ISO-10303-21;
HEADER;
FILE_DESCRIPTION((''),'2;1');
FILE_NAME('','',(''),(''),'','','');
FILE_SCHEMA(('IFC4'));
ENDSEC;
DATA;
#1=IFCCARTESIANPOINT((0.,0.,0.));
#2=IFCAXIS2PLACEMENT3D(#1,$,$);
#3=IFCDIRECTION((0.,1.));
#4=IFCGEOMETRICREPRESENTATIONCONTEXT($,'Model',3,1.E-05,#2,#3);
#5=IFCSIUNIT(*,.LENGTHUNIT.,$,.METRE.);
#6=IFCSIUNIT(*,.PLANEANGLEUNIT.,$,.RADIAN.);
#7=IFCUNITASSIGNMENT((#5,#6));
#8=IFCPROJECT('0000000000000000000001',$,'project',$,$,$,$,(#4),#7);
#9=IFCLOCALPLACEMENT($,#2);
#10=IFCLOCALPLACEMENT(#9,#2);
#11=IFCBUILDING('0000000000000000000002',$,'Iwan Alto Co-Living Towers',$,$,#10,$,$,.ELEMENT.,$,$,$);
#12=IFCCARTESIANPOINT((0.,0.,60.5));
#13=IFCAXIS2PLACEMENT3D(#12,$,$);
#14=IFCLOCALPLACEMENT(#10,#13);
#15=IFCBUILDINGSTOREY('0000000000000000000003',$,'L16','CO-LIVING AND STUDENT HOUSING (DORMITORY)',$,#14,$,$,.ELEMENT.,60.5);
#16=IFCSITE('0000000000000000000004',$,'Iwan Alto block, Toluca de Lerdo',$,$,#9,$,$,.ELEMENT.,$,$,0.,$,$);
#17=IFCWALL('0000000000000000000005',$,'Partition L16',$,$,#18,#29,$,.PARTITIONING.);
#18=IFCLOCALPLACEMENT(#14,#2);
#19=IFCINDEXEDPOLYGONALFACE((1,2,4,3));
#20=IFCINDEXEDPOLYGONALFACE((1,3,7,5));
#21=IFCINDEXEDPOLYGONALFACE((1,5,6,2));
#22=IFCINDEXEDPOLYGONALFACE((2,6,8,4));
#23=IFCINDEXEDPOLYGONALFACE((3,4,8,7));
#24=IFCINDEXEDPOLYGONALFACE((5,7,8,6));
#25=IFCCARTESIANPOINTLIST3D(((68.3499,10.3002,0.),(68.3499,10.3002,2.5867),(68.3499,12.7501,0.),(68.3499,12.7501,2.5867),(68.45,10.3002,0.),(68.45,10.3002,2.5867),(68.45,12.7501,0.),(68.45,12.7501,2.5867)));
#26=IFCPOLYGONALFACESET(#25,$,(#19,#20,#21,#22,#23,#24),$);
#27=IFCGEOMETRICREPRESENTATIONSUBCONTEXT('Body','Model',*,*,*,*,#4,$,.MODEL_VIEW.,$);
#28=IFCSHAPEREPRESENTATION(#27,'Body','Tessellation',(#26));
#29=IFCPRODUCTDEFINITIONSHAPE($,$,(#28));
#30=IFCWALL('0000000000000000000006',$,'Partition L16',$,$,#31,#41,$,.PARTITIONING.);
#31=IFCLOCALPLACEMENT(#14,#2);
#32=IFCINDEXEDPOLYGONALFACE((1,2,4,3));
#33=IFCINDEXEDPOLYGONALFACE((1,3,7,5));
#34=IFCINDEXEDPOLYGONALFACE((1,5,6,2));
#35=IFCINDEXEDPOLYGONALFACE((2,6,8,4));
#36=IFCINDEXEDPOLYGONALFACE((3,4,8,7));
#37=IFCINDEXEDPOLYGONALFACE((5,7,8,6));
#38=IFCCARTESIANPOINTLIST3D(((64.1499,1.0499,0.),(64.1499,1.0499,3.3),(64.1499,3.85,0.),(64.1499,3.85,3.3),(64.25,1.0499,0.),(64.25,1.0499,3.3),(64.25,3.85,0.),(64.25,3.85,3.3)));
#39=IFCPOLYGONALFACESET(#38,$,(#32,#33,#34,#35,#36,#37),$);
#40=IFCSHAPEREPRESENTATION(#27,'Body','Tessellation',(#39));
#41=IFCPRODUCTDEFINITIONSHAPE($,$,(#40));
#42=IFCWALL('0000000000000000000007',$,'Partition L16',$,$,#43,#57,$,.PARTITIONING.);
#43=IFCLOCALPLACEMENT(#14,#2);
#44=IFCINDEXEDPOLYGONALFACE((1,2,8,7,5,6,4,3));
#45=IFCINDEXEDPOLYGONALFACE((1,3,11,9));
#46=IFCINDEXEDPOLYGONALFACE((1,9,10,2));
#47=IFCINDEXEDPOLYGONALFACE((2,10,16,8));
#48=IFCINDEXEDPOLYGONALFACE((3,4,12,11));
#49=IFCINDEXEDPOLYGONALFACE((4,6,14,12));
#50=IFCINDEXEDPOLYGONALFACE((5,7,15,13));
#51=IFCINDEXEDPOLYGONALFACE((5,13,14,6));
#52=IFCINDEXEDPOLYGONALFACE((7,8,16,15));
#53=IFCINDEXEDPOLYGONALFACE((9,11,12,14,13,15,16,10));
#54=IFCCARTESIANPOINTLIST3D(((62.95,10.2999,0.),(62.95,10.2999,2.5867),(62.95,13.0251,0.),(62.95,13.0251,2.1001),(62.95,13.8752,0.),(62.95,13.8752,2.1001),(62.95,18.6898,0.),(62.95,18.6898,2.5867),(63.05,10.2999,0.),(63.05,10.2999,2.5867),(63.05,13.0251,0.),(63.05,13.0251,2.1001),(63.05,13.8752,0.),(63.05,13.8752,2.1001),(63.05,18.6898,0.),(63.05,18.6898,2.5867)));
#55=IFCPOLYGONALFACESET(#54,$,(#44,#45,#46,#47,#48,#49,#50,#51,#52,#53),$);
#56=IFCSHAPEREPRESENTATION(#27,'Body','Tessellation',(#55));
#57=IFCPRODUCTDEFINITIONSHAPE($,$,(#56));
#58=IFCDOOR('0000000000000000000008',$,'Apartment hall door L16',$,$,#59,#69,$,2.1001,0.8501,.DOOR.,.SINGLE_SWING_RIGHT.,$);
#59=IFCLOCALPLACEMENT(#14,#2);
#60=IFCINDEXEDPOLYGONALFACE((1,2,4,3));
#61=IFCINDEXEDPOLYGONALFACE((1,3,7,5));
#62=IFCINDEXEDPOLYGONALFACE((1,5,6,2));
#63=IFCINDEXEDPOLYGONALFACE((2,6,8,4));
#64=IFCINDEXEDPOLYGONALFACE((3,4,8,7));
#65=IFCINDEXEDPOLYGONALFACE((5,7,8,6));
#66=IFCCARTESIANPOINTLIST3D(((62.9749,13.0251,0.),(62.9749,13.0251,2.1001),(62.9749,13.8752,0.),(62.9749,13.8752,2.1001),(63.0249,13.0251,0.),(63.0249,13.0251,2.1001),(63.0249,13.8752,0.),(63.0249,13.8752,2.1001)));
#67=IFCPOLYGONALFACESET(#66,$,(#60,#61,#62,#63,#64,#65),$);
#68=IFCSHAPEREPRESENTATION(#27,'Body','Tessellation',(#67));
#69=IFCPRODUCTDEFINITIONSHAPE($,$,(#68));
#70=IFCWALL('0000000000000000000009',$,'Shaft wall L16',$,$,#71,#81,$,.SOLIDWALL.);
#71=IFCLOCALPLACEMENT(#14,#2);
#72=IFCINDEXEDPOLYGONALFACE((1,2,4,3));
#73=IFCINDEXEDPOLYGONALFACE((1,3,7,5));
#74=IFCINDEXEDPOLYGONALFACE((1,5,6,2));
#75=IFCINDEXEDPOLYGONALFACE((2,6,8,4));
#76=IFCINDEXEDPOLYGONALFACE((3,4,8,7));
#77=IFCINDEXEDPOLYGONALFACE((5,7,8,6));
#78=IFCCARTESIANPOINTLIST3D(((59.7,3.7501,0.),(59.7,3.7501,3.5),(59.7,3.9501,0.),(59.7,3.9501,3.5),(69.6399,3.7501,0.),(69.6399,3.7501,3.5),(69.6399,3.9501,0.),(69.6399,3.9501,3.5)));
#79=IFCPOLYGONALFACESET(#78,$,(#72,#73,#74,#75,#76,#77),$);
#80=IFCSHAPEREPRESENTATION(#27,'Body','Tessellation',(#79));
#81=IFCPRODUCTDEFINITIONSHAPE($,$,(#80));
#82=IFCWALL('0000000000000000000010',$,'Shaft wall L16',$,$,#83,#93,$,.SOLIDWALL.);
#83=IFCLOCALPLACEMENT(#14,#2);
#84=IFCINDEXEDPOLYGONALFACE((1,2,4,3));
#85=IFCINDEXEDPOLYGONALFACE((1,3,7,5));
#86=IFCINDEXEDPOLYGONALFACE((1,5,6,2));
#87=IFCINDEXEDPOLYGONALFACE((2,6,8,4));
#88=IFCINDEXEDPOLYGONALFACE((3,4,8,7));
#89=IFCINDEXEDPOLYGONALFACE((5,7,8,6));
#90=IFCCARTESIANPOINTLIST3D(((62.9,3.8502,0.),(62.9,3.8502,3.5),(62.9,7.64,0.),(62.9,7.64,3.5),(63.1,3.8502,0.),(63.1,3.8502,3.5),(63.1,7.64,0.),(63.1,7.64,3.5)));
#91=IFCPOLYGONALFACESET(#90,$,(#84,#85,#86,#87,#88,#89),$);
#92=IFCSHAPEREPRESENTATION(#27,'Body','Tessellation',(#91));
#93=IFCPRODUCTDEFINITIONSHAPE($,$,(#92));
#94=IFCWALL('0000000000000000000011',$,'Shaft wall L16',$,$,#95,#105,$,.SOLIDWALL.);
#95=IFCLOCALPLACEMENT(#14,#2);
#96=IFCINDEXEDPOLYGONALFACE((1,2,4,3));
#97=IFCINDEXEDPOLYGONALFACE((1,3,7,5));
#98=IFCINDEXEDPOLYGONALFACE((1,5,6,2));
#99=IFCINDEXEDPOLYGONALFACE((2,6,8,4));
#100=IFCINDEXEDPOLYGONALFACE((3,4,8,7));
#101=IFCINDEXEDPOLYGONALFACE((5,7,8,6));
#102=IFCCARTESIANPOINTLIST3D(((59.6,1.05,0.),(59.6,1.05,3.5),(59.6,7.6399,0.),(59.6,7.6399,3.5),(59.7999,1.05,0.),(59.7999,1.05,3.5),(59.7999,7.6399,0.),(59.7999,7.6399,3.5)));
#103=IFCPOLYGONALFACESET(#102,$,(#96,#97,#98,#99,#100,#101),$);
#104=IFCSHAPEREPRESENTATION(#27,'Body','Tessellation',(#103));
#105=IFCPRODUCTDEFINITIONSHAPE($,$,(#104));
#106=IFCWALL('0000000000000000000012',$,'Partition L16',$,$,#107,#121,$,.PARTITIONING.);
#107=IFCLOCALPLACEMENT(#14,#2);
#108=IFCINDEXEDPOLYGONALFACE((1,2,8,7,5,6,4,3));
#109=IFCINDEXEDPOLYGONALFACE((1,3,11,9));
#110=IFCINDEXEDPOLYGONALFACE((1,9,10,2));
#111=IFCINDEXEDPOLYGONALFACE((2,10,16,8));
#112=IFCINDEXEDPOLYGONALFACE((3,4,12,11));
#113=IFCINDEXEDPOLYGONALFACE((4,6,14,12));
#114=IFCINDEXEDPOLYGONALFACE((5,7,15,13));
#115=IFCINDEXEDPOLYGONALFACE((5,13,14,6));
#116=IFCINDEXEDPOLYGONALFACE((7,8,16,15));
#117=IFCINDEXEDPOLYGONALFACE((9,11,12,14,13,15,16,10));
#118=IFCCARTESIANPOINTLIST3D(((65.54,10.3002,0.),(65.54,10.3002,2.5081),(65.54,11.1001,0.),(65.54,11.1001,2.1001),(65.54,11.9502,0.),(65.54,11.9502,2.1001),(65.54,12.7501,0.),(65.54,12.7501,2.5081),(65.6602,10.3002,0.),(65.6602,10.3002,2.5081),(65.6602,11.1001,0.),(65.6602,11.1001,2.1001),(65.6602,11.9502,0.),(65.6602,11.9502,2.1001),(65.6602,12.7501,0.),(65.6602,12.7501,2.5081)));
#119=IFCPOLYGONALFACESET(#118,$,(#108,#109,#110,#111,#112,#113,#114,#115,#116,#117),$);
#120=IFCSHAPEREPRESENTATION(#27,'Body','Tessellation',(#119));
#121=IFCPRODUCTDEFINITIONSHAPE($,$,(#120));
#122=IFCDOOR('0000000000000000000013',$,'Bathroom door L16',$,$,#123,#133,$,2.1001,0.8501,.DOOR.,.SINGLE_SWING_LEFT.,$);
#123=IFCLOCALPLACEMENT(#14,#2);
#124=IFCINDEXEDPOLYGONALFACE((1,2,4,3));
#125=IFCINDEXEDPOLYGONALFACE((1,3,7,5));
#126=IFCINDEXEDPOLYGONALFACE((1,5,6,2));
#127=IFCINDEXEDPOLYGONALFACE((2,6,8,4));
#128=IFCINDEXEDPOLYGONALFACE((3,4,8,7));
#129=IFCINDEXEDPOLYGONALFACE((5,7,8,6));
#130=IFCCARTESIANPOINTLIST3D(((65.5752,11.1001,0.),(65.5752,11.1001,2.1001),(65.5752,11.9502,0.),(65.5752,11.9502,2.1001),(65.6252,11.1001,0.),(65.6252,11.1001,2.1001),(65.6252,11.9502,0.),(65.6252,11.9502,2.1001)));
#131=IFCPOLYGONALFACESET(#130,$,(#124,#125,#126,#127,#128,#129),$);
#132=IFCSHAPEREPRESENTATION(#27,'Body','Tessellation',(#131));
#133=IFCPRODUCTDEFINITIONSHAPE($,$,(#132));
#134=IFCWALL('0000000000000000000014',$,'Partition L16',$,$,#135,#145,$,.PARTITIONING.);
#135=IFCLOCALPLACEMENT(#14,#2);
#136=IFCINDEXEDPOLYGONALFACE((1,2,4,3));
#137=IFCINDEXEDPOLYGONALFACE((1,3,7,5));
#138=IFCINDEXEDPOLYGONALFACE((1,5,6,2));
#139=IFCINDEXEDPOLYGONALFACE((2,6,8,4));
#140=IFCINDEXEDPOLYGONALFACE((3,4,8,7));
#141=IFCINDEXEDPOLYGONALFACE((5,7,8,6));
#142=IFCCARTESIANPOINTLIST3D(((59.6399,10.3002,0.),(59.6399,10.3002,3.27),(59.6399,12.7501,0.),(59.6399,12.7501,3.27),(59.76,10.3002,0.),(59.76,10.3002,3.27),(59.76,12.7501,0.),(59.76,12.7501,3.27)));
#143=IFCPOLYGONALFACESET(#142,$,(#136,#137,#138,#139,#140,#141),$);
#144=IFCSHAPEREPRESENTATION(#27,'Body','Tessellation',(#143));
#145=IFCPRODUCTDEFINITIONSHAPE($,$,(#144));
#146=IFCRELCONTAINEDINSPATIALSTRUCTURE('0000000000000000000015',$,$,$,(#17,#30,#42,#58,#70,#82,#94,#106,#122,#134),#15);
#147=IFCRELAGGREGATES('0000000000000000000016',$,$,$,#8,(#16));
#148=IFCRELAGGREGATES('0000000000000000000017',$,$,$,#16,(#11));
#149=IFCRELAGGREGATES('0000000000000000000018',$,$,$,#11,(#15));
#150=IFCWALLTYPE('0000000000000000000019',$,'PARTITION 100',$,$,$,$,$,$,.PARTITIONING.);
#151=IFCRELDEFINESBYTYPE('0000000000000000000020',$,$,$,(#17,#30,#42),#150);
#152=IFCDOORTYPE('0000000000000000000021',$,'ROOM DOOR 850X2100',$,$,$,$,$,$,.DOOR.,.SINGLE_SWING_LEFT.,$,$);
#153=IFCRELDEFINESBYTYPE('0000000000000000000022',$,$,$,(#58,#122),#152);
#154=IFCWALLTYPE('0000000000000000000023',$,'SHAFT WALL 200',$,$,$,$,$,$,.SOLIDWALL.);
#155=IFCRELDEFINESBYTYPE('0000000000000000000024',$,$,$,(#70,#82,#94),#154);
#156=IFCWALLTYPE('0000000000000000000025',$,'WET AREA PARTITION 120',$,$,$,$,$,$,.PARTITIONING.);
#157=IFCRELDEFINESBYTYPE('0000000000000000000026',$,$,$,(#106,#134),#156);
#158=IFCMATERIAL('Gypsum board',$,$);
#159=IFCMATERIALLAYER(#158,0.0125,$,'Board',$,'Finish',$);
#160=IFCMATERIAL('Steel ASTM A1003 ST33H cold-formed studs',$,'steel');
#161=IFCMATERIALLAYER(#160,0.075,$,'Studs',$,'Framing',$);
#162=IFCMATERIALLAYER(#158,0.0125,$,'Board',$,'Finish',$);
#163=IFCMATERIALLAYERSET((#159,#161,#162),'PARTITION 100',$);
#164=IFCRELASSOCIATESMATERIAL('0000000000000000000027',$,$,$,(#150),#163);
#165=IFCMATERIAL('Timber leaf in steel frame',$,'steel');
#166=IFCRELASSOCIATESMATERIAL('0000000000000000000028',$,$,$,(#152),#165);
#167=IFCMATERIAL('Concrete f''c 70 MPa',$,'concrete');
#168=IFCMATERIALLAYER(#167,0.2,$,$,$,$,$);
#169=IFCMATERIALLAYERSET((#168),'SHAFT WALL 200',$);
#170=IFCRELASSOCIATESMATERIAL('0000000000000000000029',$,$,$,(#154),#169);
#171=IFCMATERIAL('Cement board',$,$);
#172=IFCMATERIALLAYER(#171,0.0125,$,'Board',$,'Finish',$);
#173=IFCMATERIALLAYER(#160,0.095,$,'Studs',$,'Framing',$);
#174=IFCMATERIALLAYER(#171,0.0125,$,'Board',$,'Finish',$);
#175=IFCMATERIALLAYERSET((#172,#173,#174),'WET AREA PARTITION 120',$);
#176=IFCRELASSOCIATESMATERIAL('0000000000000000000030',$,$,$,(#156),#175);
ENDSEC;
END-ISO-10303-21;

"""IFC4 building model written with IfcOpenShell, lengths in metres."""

from ifc_helpers import new_model, si_unit, direction, frame, frame_2d, origin, place, context, subcontext, project, spatial, rectangle, extrude, material, layer, layer_set, type_object, element, fill, save


model = new_model("IFC4")

# Units and contexts
model_context = context("Model", 3, precision=1e-05, world=origin(), true_north=direction((0.0, 1.0)))
body_context = subcontext(model_context, "Body", "Model", "MODEL_VIEW")
ifc_project = project(units=[si_unit("LENGTHUNIT", "METRE"), si_unit("PLANEANGLEUNIT", "RADIAN")], contexts=[model_context])

# Site, building, storey
site_placement = place(None, origin())
site = spatial("IfcSite", under=ifc_project, at=site_placement, Name="Iwan Alto block, Toluca de Lerdo", CompositionType="ELEMENT", RefElevation=0.0)
building_placement = place(site_placement, origin())
building = spatial("IfcBuilding", under=site, at=building_placement, Name="Iwan Alto Co-Living Towers", CompositionType="ELEMENT")
storey_placement = place(building_placement, frame((0.0, 0.0, 60.5)))
storey = spatial("IfcBuildingStorey", under=building, at=storey_placement, Name="L16", Description="CO-LIVING AND STUDENT HOUSING (DORMITORY)", CompositionType="ELEMENT", Elevation=60.5)

# Walls
ifc_material_1 = material(Name="Gypsum board")
ifc_layer_1 = layer(ifc_material_1, 0.0125, Name="Board", Category="Finish")
ifc_material_2 = material(Name="Steel ASTM A1003 ST33H cold-formed studs", Category="steel")
ifc_layer_2 = layer(ifc_material_2, 0.075, Name="Studs", Category="Framing")
ifc_layer_3 = layer(ifc_material_1, 0.0125, Name="Board", Category="Finish")
ifc_layer_set_1 = layer_set([ifc_layer_1, ifc_layer_2, ifc_layer_3], Name="PARTITION 100")
wall_type_1 = type_object("IfcWallType", Name="PARTITION 100", PredefinedType="PARTITIONING", material=ifc_layer_set_1)
wall_1_placement = place(storey_placement, frame((68.3999, 10.3, 0.0), z_axis=(0.0, 0.0, 1.0), x_axis=(0.0, 1.0, 0.0)))
element("IfcWall", 1, at=wall_1_placement, inside=storey, type_object=wall_type_1, Name="Partition L16", PredefinedType="PARTITIONING", context=body_context, shape_type="SweptSolid", body=[
    extrude(rectangle(XDim=2.45, YDim=0.1001, at=frame_2d((1.2251, 0.0))), origin(), (0.0, 0.0, 1.0), 2.5867),
])
wall_2_placement = place(storey_placement, frame((64.2, 1.05, 0.0), z_axis=(0.0, 0.0, 1.0), x_axis=(0.0, 1.0, 0.0)))
element("IfcWall", 2, at=wall_2_placement, inside=storey, type_object=wall_type_1, Name="Partition L16", PredefinedType="PARTITIONING", context=body_context, shape_type="SweptSolid", body=[
    extrude(rectangle(XDim=2.8, YDim=0.1001, at=frame_2d((1.3999, 0.0))), origin(), (0.0, 0.0, 1.0), 3.3),
])

# Wall, opening, door
wall_3_placement = place(storey_placement, frame((63.0, 10.3, 0.0), z_axis=(0.0, 0.0, 1.0), x_axis=(0.0, 1.0, 0.0)))
wall_3 = element("IfcWall", 3, at=wall_3_placement, inside=storey, type_object=wall_type_1, Name="Partition L16", PredefinedType="PARTITIONING", context=body_context, shape_type="SweptSolid", body=[
    extrude(rectangle(XDim=8.3899, YDim=0.1001, at=frame_2d((4.1948, 0.0))), origin(), (0.0, 0.0, 1.0), 2.5867),
])
opening_1_placement = place(wall_3_placement, frame((2.7251, 0.0, 0.0)))
opening_1 = element("IfcOpeningElement", 4, at=opening_1_placement, cuts=wall_3, PredefinedType="OPENING", context=body_context, shape_type="SweptSolid", body=[
    extrude(rectangle(XDim=0.8501, YDim=2.1001, at=frame_2d((0.425, 1.05))), frame((0.0, 0.0601, 0.0), z_axis=(0.0, -1.0, 0.0), x_axis=(1.0, 0.0, 0.0)), (0.0, 0.0, 1.0), 0.1201),
])
ifc_material_3 = material(Name="Timber leaf in steel frame", Category="steel")
door_type = type_object("IfcDoorType", Name="ROOM DOOR 850X2100", OperationType="SINGLE_SWING_LEFT", PredefinedType="DOOR", material=ifc_material_3)
door_1_placement = place(opening_1_placement, frame((0.8501, 0.0, 0.0), z_axis=(0.0, 0.0, 1.0), x_axis=(-1.0, 0.0, 0.0)))
door_1 = element("IfcDoor", 5, at=door_1_placement, inside=storey, type_object=door_type, Name="Apartment hall door L16", OperationType="SINGLE_SWING_RIGHT", OverallHeight=2.1001, OverallWidth=0.8501, PredefinedType="DOOR", context=body_context, shape_type="SweptSolid", body=[
    extrude(rectangle(XDim=0.8501, YDim=2.1001, at=frame_2d((0.425, 1.05))), frame((0.0, 0.0249, 0.0), z_axis=(0.0, -1.0, 0.0), x_axis=(1.0, 0.0, 0.0)), (0.0, 0.0, 1.0), 0.05),
])
fill(opening_1, door_1)

# Walls
ifc_material_4 = material(Name="Concrete f'c 70 MPa", Category="concrete")
ifc_layer_4 = layer(ifc_material_4, 0.2)
ifc_layer_set_2 = layer_set([ifc_layer_4], Name="SHAFT WALL 200")
wall_type_2 = type_object("IfcWallType", Name="SHAFT WALL 200", PredefinedType="SOLIDWALL", material=ifc_layer_set_2)
wall_4_placement = place(storey_placement, frame((59.7, 3.8501, 0.0), z_axis=(0.0, 0.0, 1.0), x_axis=(1.0, 0.0, 0.0)))
element("IfcWall", 6, at=wall_4_placement, inside=storey, type_object=wall_type_2, Name="Shaft wall L16", PredefinedType="SOLIDWALL", context=body_context, shape_type="SweptSolid", body=[
    extrude(rectangle(XDim=9.9399, YDim=0.2, at=frame_2d((4.97, 0.0))), origin(), (0.0, 0.0, 1.0), 3.5),
])
wall_5_placement = place(storey_placement, frame((63.0, 3.8501, 0.0), z_axis=(0.0, 0.0, 1.0), x_axis=(0.0, 1.0, 0.0)))
element("IfcWall", 7, at=wall_5_placement, inside=storey, type_object=wall_type_2, Name="Shaft wall L16", PredefinedType="SOLIDWALL", context=body_context, shape_type="SweptSolid", body=[
    extrude(rectangle(XDim=3.7898, YDim=0.2, at=frame_2d((1.895, 0.0))), origin(), (0.0, 0.0, 1.0), 3.5),
])
wall_6_placement = place(storey_placement, frame((59.7, 1.05, 0.0), z_axis=(0.0, 0.0, 1.0), x_axis=(0.0, 1.0, 0.0)))
element("IfcWall", 8, at=wall_6_placement, inside=storey, type_object=wall_type_2, Name="Shaft wall L16", PredefinedType="SOLIDWALL", context=body_context, shape_type="SweptSolid", body=[
    extrude(rectangle(XDim=6.5898, YDim=0.2, at=frame_2d((3.2949, 0.0))), origin(), (0.0, 0.0, 1.0), 3.5),
])

# Wall, opening, door
ifc_material_5 = material(Name="Cement board")
ifc_layer_5 = layer(ifc_material_5, 0.0125, Name="Board", Category="Finish")
ifc_layer_6 = layer(ifc_material_2, 0.095, Name="Studs", Category="Framing")
ifc_layer_7 = layer(ifc_material_5, 0.0125, Name="Board", Category="Finish")
ifc_layer_set_3 = layer_set([ifc_layer_5, ifc_layer_6, ifc_layer_7], Name="WET AREA PARTITION 120")
wall_type_3 = type_object("IfcWallType", Name="WET AREA PARTITION 120", PredefinedType="PARTITIONING", material=ifc_layer_set_3)
wall_7_placement = place(storey_placement, frame((65.6001, 10.3, 0.0), z_axis=(0.0, 0.0, 1.0), x_axis=(0.0, 1.0, 0.0)))
wall_7 = element("IfcWall", 9, at=wall_7_placement, inside=storey, type_object=wall_type_3, Name="Partition L16", PredefinedType="PARTITIONING", context=body_context, shape_type="SweptSolid", body=[
    extrude(rectangle(XDim=2.45, YDim=0.1201, at=frame_2d((1.2251, 0.0))), origin(), (0.0, 0.0, 1.0), 2.5081),
])
opening_2_placement = place(wall_7_placement, frame((0.8, 0.0, 0.0)))
opening_2 = element("IfcOpeningElement", 10, at=opening_2_placement, cuts=wall_7, PredefinedType="OPENING", context=body_context, shape_type="SweptSolid", body=[
    extrude(rectangle(XDim=0.8501, YDim=2.1001, at=frame_2d((0.425, 1.05))), frame((0.0, 0.0701, 0.0), z_axis=(0.0, -1.0, 0.0), x_axis=(1.0, 0.0, 0.0)), (0.0, 0.0, 1.0), 0.1401),
])
door_2_placement = place(opening_2_placement, origin())
door_2 = element("IfcDoor", 11, at=door_2_placement, inside=storey, type_object=door_type, Name="Bathroom door L16", OperationType="SINGLE_SWING_LEFT", OverallHeight=2.1001, OverallWidth=0.8501, PredefinedType="DOOR", context=body_context, shape_type="SweptSolid", body=[
    extrude(rectangle(XDim=0.8501, YDim=2.1001, at=frame_2d((0.425, 1.05))), frame((0.0, 0.0249, 0.0), z_axis=(0.0, -1.0, 0.0), x_axis=(1.0, 0.0, 0.0)), (0.0, 0.0, 1.0), 0.05),
])
fill(opening_2, door_2)

# Wall
wall_8_placement = place(storey_placement, frame((59.7, 10.3, 0.0), z_axis=(0.0, 0.0, 1.0), x_axis=(0.0, 1.0, 0.0)))
element("IfcWall", 12, at=wall_8_placement, inside=storey, type_object=wall_type_3, Name="Partition L16", PredefinedType="PARTITIONING", context=body_context, shape_type="SweptSolid", body=[
    extrude(rectangle(XDim=2.45, YDim=0.1201, at=frame_2d((1.2251, 0.0))), origin(), (0.0, 0.0, 1.0), 3.27),
])

save(model, "model.ifc")
